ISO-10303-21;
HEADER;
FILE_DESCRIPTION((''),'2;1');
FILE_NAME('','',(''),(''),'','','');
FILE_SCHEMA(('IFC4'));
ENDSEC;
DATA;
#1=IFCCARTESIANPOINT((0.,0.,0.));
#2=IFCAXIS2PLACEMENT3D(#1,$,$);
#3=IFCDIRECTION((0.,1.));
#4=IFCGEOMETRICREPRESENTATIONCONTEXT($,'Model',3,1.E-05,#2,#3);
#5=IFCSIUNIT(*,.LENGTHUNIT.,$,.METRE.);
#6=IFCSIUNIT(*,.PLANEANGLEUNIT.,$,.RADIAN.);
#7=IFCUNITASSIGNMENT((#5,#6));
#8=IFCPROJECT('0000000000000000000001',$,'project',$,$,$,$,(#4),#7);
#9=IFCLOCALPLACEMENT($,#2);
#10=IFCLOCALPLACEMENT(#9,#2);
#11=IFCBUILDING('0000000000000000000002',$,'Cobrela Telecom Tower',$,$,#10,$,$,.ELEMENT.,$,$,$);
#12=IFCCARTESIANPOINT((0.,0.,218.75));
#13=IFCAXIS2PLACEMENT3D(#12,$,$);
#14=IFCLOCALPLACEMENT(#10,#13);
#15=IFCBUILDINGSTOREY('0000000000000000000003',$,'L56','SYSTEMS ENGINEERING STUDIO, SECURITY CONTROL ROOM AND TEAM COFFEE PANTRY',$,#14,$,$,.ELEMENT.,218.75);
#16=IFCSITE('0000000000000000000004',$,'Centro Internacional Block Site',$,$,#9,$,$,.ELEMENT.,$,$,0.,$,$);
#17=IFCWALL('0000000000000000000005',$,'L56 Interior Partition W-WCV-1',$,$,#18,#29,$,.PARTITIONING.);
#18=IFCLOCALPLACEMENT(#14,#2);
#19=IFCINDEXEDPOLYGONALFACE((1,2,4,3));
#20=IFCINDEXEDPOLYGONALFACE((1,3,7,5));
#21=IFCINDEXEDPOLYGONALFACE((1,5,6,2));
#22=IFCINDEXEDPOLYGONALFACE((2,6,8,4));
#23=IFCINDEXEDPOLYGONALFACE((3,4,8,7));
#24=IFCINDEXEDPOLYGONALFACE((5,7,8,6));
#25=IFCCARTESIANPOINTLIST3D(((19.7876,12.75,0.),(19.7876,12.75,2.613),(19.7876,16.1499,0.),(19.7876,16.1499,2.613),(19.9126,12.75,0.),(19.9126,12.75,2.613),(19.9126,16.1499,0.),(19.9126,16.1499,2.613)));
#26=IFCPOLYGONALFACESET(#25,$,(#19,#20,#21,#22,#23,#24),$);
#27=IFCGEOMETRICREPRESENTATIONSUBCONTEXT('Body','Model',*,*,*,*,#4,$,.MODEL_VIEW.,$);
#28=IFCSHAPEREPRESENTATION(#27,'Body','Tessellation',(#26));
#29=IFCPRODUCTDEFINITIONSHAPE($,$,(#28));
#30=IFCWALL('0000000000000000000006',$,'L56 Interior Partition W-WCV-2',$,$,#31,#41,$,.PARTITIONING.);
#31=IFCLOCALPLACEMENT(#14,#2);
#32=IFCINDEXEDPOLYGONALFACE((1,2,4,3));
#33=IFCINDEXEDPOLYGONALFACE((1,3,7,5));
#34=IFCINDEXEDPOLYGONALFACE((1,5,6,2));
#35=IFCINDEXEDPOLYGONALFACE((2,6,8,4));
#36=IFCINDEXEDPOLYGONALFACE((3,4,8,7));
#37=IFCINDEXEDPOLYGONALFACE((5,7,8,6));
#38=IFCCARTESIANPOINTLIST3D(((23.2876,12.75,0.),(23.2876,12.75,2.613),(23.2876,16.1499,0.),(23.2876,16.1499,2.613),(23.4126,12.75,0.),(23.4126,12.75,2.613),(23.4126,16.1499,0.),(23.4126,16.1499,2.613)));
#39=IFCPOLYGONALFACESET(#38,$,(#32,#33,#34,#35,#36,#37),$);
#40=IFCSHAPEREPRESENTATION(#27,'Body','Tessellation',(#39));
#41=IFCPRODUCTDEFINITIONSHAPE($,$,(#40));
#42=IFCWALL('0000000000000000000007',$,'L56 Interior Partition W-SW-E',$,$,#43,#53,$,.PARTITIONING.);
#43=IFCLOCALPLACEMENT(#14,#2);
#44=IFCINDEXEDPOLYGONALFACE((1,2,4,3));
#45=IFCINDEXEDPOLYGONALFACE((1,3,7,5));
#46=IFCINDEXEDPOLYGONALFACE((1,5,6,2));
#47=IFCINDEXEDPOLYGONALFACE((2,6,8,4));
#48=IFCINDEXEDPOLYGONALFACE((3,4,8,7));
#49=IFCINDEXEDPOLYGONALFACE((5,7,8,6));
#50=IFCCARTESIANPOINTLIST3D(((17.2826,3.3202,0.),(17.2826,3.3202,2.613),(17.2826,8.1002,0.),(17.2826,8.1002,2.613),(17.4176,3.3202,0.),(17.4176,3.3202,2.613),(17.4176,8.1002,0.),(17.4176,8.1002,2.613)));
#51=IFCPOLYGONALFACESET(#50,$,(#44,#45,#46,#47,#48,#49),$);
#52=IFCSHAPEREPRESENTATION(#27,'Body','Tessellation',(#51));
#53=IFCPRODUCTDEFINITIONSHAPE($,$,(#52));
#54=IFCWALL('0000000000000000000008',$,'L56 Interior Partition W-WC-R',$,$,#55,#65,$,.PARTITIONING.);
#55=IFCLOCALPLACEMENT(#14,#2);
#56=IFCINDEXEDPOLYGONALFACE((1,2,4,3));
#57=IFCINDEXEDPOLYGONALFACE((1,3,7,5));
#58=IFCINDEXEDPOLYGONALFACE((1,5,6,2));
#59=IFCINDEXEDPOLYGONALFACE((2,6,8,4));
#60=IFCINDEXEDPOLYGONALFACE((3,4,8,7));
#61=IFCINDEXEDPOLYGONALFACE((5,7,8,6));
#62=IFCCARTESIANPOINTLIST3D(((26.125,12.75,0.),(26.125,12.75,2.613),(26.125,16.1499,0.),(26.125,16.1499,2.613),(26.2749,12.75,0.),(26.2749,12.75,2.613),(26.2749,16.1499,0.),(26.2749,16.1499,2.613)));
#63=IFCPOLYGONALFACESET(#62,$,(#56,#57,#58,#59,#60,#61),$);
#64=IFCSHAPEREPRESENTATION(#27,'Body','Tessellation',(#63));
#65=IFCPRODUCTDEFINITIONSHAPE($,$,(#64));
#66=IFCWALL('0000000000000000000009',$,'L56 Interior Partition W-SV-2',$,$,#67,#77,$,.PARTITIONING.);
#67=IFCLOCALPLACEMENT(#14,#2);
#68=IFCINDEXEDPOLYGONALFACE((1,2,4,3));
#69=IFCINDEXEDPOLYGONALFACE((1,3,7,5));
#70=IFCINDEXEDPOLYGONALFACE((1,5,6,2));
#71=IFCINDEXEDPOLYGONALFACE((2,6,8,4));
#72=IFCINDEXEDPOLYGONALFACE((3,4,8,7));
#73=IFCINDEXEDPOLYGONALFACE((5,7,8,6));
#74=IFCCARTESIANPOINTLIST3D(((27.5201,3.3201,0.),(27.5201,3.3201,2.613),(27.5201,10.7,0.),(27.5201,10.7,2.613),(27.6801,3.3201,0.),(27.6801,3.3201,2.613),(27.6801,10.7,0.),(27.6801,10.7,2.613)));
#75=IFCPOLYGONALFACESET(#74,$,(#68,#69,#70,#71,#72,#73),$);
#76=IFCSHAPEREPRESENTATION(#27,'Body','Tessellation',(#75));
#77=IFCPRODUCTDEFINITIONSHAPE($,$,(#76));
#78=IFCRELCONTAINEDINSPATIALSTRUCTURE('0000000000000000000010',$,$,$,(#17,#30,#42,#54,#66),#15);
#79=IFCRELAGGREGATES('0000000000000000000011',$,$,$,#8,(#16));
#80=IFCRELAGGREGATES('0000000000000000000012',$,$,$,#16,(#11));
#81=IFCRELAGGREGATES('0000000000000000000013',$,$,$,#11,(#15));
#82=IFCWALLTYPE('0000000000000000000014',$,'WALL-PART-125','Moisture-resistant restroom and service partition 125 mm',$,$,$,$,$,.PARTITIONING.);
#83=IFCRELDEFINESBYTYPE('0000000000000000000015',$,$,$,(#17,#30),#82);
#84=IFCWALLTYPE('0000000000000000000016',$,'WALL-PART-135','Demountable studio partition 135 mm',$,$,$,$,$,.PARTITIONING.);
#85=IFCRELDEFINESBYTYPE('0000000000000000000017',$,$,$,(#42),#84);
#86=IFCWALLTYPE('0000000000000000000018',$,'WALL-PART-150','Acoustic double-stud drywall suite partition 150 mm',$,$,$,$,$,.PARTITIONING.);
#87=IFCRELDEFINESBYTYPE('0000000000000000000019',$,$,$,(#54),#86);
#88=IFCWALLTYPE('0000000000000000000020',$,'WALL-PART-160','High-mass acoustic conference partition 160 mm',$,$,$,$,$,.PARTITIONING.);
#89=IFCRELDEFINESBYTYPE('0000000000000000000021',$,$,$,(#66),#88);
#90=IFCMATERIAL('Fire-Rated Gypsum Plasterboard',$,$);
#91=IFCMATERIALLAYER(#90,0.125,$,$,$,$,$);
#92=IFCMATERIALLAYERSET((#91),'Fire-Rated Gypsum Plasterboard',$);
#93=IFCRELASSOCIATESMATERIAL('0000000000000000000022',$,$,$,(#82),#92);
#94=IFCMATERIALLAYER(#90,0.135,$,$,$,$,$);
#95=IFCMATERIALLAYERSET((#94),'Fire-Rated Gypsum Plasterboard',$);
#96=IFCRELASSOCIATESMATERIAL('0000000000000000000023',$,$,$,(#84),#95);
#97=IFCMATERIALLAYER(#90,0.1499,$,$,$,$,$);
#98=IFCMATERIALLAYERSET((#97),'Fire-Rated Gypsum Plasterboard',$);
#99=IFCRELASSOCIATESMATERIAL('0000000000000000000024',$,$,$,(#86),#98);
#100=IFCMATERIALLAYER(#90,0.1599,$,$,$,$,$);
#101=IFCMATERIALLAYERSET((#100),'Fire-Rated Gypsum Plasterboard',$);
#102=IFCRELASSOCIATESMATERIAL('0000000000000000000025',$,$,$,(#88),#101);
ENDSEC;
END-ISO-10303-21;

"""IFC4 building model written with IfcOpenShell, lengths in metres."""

from ifc_helpers import new_model, si_unit, direction, frame, frame_2d, origin, place, context, subcontext, project, spatial, rectangle, extrude, material, layer, layer_set, type_object, element, save


model = new_model("IFC4")

# Units and contexts
model_context = context("Model", 3, precision=1e-05, world=origin(), true_north=direction((0.0, 1.0)))
body_context = subcontext(model_context, "Body", "Model", "MODEL_VIEW")
ifc_project = project(units=[si_unit("LENGTHUNIT", "METRE"), si_unit("PLANEANGLEUNIT", "RADIAN")], contexts=[model_context])

# Site, building, storey
site_placement = place(None, origin())
site = spatial("IfcSite", under=ifc_project, at=site_placement, Name="Centro Internacional Block Site", CompositionType="ELEMENT", RefElevation=0.0)
building_placement = place(site_placement, origin())
building = spatial("IfcBuilding", under=site, at=building_placement, Name="Cobrela Telecom Tower", CompositionType="ELEMENT")
storey_placement = place(building_placement, frame((0.0, 0.0, 218.75)))
storey = spatial("IfcBuildingStorey", under=building, at=storey_placement, Name="L56", Description="SYSTEMS ENGINEERING STUDIO, SECURITY CONTROL ROOM AND TEAM COFFEE PANTRY", CompositionType="ELEMENT", Elevation=218.75)

# Walls
ifc_material_1 = material(Name="Fire-Rated Gypsum Plasterboard")
ifc_layer_1 = layer(ifc_material_1, 0.125)
ifc_layer_set_1 = layer_set([ifc_layer_1], Name="Fire-Rated Gypsum Plasterboard")
wall_type_1 = type_object("IfcWallType", Name="WALL-PART-125", Description="Moisture-resistant restroom and service partition 125 mm", PredefinedType="PARTITIONING", material=ifc_layer_set_1)
for number, where, z_axis, x_axis, name in (
    (1, (19.8501, 12.75, 0.0), (0.0, 0.0, 1.0), (0.0, 1.0, 0.0), "L56 Interior Partition W-WCV-1"),
    (2, (23.3501, 12.75, 0.0), (0.0, 0.0, 1.0), (0.0, 1.0, 0.0), "L56 Interior Partition W-WCV-2"),
):
    element("IfcWall", number, at=place(storey_placement, frame(where, z_axis=z_axis, x_axis=x_axis)), inside=storey, type_object=wall_type_1, Name=name, PredefinedType="PARTITIONING", context=body_context, shape_type="SweptSolid", body=[
        extrude(rectangle(XDim=3.3999, YDim=0.125, at=frame_2d((1.7, 0.0))), origin(), (0.0, 0.0, 1.0), 2.613),
    ])
ifc_layer_2 = layer(ifc_material_1, 0.135)
ifc_layer_set_2 = layer_set([ifc_layer_2], Name="Fire-Rated Gypsum Plasterboard")
wall_type_2 = type_object("IfcWallType", Name="WALL-PART-135", Description="Demountable studio partition 135 mm", PredefinedType="PARTITIONING", material=ifc_layer_set_2)
wall_1_placement = place(storey_placement, frame((17.3501, 3.3201, 0.0), z_axis=(0.0, 0.0, 1.0), x_axis=(0.0, 1.0, 0.0)))
element("IfcWall", 3, at=wall_1_placement, inside=storey, type_object=wall_type_2, Name="L56 Interior Partition W-SW-E", PredefinedType="PARTITIONING", context=body_context, shape_type="SweptSolid", body=[
    extrude(rectangle(XDim=4.78, YDim=0.135, at=frame_2d((2.3901, 0.0))), origin(), (0.0, 0.0, 1.0), 2.613),
])
ifc_layer_3 = layer(ifc_material_1, 0.1499)
ifc_layer_set_3 = layer_set([ifc_layer_3], Name="Fire-Rated Gypsum Plasterboard")
wall_type_3 = type_object("IfcWallType", Name="WALL-PART-150", Description="Acoustic double-stud drywall suite partition 150 mm", PredefinedType="PARTITIONING", material=ifc_layer_set_3)
wall_2_placement = place(storey_placement, frame((26.2, 12.75, 0.0), z_axis=(0.0, 0.0, 1.0), x_axis=(0.0, 1.0, 0.0)))
element("IfcWall", 4, at=wall_2_placement, inside=storey, type_object=wall_type_3, Name="L56 Interior Partition W-WC-R", PredefinedType="PARTITIONING", context=body_context, shape_type="SweptSolid", body=[
    extrude(rectangle(XDim=3.3999, YDim=0.1499, at=frame_2d((1.7, 0.0))), origin(), (0.0, 0.0, 1.0), 2.613),
])
ifc_layer_4 = layer(ifc_material_1, 0.1599)
ifc_layer_set_4 = layer_set([ifc_layer_4], Name="Fire-Rated Gypsum Plasterboard")
wall_type_4 = type_object("IfcWallType", Name="WALL-PART-160", Description="High-mass acoustic conference partition 160 mm", PredefinedType="PARTITIONING", material=ifc_layer_set_4)
wall_3_placement = place(storey_placement, frame((27.6001, 3.3201, 0.0), z_axis=(0.0, 0.0, 1.0), x_axis=(0.0, 1.0, 0.0)))
element("IfcWall", 5, at=wall_3_placement, inside=storey, type_object=wall_type_4, Name="L56 Interior Partition W-SV-2", PredefinedType="PARTITIONING", context=body_context, shape_type="SweptSolid", body=[
    extrude(rectangle(XDim=7.3799, YDim=0.1599, at=frame_2d((3.6899, 0.0))), origin(), (0.0, 0.0, 1.0), 2.613),
])

save(model, "model.ifc")
